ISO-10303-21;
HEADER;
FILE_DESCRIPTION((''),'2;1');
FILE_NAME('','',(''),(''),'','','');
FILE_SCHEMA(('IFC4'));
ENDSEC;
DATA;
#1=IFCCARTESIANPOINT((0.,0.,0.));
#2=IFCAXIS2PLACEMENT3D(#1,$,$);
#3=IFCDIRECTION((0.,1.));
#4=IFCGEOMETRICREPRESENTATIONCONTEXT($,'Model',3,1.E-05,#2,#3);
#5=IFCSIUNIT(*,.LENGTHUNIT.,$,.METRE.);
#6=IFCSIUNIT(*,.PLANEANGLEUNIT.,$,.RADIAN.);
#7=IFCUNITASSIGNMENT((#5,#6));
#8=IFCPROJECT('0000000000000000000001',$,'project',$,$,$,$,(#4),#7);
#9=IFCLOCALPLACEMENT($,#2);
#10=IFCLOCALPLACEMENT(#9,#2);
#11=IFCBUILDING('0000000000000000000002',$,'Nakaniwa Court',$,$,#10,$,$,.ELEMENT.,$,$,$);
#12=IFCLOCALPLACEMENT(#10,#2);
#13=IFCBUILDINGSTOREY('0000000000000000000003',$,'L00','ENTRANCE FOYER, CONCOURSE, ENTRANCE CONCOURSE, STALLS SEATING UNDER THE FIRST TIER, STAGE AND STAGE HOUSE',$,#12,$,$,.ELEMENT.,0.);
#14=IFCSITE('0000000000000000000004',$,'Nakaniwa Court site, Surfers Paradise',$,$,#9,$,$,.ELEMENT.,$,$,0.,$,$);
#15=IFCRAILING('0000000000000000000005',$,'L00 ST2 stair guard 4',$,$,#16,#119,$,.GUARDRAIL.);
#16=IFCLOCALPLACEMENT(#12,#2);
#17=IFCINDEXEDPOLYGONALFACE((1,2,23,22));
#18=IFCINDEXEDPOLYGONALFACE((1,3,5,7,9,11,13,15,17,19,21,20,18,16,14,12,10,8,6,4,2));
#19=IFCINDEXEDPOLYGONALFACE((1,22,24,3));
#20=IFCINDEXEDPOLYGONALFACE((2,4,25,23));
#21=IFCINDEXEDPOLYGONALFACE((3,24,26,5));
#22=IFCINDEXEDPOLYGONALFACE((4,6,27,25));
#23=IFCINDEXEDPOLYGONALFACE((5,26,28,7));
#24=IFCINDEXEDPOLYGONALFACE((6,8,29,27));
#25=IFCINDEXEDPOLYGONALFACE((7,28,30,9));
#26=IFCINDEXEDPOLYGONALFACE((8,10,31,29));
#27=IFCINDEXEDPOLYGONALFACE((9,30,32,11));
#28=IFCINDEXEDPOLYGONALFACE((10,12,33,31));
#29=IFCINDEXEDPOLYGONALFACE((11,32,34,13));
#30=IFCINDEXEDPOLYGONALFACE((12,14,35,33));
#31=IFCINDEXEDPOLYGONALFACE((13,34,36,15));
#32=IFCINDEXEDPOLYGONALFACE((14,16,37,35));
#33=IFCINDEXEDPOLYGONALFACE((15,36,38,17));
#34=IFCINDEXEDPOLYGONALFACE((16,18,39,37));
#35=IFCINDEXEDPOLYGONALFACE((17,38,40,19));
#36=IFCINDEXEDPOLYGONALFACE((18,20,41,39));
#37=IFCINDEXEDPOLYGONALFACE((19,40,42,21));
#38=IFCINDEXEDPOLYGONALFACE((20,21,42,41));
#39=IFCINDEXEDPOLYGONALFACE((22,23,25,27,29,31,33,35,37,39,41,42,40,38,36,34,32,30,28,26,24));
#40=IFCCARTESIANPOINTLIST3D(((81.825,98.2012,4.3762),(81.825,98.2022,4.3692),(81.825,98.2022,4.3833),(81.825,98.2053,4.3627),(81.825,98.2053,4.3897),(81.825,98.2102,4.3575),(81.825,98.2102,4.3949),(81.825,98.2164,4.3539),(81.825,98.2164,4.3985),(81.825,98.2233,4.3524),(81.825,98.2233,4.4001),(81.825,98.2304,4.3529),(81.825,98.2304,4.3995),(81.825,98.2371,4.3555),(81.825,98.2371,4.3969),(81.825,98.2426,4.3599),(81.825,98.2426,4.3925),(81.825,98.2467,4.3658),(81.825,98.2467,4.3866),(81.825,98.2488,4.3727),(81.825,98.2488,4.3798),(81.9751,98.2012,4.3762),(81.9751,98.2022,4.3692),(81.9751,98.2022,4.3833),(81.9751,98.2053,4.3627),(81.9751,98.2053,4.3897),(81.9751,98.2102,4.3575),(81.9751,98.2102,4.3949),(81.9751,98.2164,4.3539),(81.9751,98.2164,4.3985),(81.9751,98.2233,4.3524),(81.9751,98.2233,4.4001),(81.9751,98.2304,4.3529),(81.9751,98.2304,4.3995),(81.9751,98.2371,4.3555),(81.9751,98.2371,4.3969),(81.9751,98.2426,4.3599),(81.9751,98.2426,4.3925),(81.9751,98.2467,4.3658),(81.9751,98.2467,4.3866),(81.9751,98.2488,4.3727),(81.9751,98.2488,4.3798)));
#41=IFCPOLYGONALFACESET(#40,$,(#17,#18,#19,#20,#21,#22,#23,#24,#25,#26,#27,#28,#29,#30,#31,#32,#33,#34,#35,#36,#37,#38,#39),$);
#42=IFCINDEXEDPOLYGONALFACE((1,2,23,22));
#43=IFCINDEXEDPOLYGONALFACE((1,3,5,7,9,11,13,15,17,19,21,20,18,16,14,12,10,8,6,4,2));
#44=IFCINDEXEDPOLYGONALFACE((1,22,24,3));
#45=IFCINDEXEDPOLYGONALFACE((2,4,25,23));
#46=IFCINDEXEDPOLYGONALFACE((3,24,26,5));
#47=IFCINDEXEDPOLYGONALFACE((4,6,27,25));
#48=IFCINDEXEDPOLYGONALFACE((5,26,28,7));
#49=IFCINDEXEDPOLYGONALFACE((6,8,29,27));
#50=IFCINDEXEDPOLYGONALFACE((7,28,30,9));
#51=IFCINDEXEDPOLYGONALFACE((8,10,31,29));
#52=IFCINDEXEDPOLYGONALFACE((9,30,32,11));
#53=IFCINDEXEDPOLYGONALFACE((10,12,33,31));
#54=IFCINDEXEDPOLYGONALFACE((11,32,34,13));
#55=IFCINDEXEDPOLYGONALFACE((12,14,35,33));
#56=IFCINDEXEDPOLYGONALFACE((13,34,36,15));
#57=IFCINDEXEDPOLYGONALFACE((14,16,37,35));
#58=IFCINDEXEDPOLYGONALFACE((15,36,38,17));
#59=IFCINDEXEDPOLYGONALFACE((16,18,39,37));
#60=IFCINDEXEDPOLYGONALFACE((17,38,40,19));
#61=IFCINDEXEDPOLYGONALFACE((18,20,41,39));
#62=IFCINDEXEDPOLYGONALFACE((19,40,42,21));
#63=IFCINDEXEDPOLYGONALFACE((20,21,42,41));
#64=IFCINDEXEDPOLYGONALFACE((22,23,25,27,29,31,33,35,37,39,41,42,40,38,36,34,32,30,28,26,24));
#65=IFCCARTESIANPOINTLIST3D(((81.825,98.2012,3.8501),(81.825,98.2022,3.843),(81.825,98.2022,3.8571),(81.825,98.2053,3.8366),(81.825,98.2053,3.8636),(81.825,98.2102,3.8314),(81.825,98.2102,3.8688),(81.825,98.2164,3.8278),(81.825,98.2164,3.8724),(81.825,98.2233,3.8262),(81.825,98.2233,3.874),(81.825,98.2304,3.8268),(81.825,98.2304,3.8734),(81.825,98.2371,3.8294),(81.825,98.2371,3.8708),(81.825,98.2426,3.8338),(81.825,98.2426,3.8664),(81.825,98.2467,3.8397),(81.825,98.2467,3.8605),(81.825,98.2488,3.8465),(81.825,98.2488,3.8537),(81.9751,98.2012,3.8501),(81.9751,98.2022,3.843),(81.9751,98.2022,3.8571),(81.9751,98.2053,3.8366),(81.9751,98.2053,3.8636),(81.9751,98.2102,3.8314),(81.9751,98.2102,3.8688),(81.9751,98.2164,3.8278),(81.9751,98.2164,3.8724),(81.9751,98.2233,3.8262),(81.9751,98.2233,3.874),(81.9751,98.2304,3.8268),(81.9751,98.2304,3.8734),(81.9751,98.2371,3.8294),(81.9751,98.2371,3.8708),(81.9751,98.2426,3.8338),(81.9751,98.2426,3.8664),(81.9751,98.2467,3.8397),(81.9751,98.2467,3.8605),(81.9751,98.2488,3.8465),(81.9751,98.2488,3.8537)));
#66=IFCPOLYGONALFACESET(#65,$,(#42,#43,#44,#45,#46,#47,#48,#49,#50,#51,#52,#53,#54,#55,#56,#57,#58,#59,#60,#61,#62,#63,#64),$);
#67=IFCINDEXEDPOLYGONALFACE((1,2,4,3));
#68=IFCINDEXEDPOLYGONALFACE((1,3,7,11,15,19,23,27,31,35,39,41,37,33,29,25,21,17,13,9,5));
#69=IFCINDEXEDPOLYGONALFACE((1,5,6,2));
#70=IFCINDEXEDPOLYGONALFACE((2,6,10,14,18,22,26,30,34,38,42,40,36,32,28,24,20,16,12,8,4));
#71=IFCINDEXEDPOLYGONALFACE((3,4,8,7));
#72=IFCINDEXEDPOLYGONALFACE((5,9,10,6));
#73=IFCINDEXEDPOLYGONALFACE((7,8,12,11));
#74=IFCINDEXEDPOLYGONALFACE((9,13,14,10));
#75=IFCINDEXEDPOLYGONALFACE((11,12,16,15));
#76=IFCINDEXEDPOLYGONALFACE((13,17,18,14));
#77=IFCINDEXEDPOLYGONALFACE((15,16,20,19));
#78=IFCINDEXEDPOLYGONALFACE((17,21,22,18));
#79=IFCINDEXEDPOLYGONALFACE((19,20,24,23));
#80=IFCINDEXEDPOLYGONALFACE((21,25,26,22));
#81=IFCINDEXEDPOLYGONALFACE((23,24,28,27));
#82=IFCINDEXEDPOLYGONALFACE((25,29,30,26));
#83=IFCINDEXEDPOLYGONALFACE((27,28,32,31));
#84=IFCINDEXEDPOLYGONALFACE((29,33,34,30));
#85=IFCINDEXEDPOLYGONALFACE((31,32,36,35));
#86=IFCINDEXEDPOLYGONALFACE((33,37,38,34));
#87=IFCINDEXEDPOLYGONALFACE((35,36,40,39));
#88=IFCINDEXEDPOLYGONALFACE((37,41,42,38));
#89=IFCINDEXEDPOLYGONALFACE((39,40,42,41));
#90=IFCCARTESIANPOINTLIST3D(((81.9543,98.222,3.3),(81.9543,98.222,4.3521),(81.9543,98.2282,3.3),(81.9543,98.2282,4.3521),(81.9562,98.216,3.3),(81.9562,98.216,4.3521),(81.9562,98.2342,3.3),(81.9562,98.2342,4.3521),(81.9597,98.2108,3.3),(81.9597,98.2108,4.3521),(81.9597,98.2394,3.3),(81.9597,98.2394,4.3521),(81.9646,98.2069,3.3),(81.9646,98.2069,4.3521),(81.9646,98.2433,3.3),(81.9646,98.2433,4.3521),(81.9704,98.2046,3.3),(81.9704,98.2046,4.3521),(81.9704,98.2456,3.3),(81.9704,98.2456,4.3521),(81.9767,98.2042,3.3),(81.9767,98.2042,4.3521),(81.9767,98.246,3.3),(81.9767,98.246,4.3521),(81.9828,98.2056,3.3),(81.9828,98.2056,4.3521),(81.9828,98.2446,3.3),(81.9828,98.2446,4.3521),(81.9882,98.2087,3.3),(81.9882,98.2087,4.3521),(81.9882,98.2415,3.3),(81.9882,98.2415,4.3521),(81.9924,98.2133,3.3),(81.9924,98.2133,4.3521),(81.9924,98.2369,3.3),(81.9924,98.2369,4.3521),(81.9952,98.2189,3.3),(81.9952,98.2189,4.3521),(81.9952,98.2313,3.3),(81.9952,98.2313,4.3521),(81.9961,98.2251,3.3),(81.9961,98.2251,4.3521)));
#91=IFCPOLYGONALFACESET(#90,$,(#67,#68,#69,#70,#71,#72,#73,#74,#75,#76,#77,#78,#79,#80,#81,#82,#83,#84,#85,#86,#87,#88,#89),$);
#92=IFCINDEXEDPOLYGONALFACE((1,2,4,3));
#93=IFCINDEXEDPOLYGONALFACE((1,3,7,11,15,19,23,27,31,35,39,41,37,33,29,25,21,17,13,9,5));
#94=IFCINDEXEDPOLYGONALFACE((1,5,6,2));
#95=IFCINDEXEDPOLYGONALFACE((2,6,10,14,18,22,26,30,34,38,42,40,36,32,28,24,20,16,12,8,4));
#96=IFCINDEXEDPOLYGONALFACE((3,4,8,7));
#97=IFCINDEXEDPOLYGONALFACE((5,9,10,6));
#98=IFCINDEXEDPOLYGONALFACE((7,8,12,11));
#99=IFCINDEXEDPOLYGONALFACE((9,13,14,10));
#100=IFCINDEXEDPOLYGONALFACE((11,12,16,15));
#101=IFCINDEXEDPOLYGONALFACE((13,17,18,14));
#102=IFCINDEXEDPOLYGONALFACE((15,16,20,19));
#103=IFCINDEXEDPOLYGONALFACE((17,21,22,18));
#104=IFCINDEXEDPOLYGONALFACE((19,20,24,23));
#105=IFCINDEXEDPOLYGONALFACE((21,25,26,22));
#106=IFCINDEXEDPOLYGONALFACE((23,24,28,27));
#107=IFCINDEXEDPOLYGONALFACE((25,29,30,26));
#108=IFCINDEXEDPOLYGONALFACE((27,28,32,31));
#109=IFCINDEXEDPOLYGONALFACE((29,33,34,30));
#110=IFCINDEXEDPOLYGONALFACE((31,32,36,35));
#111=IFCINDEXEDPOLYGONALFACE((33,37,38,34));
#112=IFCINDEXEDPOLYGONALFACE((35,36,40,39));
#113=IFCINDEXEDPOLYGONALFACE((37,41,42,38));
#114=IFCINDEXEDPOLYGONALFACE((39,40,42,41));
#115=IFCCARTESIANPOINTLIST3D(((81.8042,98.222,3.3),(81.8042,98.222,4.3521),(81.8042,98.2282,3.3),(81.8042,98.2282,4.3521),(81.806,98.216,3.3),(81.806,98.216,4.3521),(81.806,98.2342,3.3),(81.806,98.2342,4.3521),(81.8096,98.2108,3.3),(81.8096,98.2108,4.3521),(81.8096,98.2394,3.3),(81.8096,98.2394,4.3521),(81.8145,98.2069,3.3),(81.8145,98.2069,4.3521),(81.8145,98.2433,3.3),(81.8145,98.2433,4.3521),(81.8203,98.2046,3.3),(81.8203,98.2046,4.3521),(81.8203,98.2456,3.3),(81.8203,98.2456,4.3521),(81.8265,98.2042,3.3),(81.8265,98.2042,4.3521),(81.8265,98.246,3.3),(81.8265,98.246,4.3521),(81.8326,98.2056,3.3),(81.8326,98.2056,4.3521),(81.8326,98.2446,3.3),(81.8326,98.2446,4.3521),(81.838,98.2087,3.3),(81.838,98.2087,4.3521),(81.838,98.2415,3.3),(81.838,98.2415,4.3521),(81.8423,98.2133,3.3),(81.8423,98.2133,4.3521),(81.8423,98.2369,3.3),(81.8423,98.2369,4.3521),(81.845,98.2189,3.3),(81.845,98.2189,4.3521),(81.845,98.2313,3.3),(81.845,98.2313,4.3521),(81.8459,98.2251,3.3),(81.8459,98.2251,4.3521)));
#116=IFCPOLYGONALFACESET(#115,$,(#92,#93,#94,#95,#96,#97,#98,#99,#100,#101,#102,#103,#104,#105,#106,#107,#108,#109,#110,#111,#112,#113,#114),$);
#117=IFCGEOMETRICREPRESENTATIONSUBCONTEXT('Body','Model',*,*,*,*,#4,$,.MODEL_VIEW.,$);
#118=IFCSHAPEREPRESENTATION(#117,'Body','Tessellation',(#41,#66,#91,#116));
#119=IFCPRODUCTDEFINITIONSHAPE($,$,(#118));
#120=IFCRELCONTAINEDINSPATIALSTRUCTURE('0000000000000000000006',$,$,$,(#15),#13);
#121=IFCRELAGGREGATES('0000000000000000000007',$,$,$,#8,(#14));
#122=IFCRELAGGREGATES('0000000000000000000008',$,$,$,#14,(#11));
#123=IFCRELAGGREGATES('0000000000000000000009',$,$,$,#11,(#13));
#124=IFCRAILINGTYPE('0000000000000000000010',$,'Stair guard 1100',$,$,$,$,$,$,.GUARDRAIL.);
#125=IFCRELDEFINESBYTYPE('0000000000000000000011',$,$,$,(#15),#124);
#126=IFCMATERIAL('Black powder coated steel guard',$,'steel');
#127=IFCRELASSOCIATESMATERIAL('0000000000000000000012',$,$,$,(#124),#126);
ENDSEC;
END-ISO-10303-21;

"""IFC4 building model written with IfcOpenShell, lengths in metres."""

from ifc_helpers import new_model, si_unit, direction, frame, origin, origin_2d, place, context, subcontext, project, spatial, circle, extrude, material, type_object, element, save


model = new_model("IFC4")

# Units and contexts
model_context = context("Model", 3, precision=1e-05, world=origin(), true_north=direction((0.0, 1.0)))
body_context = subcontext(model_context, "Body", "Model", "MODEL_VIEW")
ifc_project = project(units=[si_unit("LENGTHUNIT", "METRE"), si_unit("PLANEANGLEUNIT", "RADIAN")], contexts=[model_context])

# Site, building, storey
site_placement = place(None, origin())
site = spatial("IfcSite", under=ifc_project, at=site_placement, Name="Nakaniwa Court site, Surfers Paradise", CompositionType="ELEMENT", RefElevation=0.0)
building_placement = place(site_placement, origin())
building = spatial("IfcBuilding", under=site, at=building_placement, Name="Nakaniwa Court", CompositionType="ELEMENT")
storey_placement = place(building_placement, origin())
storey = spatial("IfcBuildingStorey", under=building, at=storey_placement, Name="L00", Description="ENTRANCE FOYER, CONCOURSE, ENTRANCE CONCOURSE, STALLS SEATING UNDER THE FIRST TIER, STAGE AND STAGE HOUSE", CompositionType="ELEMENT", Elevation=0.0)

# Railing
ifc_material_1 = material(Name="Black powder coated steel guard", Category="steel")
railing_type_1 = type_object("IfcRailingType", Name="Stair guard 1100", PredefinedType="GUARDRAIL", material=ifc_material_1)
railing_1_placement = place(storey_placement, frame((81.9751, 98.2251, 3.3)))
element("IfcRailing", 1, at=railing_1_placement, inside=storey, type_object=railing_type_1, Name="L00 ST2 stair guard 4", PredefinedType="GUARDRAIL", context=body_context, shape_type="SweptSolid", body=[
    extrude(circle(Radius=0.0239, at=origin_2d()), frame((0.0, 0.0, 1.0762), z_axis=(-1.0, 0.0, 0.0), x_axis=(0.0, -1.0, 0.0)), (0.0, 0.0, 1.0), 0.1501),
    extrude(circle(Radius=0.0239, at=origin_2d()), frame((0.0, 0.0, 0.55), z_axis=(-1.0, 0.0, 0.0), x_axis=(0.0, -1.0, 0.0)), (0.0, 0.0, 1.0), 0.1501),
    extrude(circle(Radius=0.021, at=origin_2d()), origin(), (0.0, 0.0, 1.0), 1.052),
    extrude(circle(Radius=0.021, at=origin_2d()), frame((-0.1501, 0.0, 0.0)), (0.0, 0.0, 1.0), 1.052),
])

save(model, "model.ifc")
